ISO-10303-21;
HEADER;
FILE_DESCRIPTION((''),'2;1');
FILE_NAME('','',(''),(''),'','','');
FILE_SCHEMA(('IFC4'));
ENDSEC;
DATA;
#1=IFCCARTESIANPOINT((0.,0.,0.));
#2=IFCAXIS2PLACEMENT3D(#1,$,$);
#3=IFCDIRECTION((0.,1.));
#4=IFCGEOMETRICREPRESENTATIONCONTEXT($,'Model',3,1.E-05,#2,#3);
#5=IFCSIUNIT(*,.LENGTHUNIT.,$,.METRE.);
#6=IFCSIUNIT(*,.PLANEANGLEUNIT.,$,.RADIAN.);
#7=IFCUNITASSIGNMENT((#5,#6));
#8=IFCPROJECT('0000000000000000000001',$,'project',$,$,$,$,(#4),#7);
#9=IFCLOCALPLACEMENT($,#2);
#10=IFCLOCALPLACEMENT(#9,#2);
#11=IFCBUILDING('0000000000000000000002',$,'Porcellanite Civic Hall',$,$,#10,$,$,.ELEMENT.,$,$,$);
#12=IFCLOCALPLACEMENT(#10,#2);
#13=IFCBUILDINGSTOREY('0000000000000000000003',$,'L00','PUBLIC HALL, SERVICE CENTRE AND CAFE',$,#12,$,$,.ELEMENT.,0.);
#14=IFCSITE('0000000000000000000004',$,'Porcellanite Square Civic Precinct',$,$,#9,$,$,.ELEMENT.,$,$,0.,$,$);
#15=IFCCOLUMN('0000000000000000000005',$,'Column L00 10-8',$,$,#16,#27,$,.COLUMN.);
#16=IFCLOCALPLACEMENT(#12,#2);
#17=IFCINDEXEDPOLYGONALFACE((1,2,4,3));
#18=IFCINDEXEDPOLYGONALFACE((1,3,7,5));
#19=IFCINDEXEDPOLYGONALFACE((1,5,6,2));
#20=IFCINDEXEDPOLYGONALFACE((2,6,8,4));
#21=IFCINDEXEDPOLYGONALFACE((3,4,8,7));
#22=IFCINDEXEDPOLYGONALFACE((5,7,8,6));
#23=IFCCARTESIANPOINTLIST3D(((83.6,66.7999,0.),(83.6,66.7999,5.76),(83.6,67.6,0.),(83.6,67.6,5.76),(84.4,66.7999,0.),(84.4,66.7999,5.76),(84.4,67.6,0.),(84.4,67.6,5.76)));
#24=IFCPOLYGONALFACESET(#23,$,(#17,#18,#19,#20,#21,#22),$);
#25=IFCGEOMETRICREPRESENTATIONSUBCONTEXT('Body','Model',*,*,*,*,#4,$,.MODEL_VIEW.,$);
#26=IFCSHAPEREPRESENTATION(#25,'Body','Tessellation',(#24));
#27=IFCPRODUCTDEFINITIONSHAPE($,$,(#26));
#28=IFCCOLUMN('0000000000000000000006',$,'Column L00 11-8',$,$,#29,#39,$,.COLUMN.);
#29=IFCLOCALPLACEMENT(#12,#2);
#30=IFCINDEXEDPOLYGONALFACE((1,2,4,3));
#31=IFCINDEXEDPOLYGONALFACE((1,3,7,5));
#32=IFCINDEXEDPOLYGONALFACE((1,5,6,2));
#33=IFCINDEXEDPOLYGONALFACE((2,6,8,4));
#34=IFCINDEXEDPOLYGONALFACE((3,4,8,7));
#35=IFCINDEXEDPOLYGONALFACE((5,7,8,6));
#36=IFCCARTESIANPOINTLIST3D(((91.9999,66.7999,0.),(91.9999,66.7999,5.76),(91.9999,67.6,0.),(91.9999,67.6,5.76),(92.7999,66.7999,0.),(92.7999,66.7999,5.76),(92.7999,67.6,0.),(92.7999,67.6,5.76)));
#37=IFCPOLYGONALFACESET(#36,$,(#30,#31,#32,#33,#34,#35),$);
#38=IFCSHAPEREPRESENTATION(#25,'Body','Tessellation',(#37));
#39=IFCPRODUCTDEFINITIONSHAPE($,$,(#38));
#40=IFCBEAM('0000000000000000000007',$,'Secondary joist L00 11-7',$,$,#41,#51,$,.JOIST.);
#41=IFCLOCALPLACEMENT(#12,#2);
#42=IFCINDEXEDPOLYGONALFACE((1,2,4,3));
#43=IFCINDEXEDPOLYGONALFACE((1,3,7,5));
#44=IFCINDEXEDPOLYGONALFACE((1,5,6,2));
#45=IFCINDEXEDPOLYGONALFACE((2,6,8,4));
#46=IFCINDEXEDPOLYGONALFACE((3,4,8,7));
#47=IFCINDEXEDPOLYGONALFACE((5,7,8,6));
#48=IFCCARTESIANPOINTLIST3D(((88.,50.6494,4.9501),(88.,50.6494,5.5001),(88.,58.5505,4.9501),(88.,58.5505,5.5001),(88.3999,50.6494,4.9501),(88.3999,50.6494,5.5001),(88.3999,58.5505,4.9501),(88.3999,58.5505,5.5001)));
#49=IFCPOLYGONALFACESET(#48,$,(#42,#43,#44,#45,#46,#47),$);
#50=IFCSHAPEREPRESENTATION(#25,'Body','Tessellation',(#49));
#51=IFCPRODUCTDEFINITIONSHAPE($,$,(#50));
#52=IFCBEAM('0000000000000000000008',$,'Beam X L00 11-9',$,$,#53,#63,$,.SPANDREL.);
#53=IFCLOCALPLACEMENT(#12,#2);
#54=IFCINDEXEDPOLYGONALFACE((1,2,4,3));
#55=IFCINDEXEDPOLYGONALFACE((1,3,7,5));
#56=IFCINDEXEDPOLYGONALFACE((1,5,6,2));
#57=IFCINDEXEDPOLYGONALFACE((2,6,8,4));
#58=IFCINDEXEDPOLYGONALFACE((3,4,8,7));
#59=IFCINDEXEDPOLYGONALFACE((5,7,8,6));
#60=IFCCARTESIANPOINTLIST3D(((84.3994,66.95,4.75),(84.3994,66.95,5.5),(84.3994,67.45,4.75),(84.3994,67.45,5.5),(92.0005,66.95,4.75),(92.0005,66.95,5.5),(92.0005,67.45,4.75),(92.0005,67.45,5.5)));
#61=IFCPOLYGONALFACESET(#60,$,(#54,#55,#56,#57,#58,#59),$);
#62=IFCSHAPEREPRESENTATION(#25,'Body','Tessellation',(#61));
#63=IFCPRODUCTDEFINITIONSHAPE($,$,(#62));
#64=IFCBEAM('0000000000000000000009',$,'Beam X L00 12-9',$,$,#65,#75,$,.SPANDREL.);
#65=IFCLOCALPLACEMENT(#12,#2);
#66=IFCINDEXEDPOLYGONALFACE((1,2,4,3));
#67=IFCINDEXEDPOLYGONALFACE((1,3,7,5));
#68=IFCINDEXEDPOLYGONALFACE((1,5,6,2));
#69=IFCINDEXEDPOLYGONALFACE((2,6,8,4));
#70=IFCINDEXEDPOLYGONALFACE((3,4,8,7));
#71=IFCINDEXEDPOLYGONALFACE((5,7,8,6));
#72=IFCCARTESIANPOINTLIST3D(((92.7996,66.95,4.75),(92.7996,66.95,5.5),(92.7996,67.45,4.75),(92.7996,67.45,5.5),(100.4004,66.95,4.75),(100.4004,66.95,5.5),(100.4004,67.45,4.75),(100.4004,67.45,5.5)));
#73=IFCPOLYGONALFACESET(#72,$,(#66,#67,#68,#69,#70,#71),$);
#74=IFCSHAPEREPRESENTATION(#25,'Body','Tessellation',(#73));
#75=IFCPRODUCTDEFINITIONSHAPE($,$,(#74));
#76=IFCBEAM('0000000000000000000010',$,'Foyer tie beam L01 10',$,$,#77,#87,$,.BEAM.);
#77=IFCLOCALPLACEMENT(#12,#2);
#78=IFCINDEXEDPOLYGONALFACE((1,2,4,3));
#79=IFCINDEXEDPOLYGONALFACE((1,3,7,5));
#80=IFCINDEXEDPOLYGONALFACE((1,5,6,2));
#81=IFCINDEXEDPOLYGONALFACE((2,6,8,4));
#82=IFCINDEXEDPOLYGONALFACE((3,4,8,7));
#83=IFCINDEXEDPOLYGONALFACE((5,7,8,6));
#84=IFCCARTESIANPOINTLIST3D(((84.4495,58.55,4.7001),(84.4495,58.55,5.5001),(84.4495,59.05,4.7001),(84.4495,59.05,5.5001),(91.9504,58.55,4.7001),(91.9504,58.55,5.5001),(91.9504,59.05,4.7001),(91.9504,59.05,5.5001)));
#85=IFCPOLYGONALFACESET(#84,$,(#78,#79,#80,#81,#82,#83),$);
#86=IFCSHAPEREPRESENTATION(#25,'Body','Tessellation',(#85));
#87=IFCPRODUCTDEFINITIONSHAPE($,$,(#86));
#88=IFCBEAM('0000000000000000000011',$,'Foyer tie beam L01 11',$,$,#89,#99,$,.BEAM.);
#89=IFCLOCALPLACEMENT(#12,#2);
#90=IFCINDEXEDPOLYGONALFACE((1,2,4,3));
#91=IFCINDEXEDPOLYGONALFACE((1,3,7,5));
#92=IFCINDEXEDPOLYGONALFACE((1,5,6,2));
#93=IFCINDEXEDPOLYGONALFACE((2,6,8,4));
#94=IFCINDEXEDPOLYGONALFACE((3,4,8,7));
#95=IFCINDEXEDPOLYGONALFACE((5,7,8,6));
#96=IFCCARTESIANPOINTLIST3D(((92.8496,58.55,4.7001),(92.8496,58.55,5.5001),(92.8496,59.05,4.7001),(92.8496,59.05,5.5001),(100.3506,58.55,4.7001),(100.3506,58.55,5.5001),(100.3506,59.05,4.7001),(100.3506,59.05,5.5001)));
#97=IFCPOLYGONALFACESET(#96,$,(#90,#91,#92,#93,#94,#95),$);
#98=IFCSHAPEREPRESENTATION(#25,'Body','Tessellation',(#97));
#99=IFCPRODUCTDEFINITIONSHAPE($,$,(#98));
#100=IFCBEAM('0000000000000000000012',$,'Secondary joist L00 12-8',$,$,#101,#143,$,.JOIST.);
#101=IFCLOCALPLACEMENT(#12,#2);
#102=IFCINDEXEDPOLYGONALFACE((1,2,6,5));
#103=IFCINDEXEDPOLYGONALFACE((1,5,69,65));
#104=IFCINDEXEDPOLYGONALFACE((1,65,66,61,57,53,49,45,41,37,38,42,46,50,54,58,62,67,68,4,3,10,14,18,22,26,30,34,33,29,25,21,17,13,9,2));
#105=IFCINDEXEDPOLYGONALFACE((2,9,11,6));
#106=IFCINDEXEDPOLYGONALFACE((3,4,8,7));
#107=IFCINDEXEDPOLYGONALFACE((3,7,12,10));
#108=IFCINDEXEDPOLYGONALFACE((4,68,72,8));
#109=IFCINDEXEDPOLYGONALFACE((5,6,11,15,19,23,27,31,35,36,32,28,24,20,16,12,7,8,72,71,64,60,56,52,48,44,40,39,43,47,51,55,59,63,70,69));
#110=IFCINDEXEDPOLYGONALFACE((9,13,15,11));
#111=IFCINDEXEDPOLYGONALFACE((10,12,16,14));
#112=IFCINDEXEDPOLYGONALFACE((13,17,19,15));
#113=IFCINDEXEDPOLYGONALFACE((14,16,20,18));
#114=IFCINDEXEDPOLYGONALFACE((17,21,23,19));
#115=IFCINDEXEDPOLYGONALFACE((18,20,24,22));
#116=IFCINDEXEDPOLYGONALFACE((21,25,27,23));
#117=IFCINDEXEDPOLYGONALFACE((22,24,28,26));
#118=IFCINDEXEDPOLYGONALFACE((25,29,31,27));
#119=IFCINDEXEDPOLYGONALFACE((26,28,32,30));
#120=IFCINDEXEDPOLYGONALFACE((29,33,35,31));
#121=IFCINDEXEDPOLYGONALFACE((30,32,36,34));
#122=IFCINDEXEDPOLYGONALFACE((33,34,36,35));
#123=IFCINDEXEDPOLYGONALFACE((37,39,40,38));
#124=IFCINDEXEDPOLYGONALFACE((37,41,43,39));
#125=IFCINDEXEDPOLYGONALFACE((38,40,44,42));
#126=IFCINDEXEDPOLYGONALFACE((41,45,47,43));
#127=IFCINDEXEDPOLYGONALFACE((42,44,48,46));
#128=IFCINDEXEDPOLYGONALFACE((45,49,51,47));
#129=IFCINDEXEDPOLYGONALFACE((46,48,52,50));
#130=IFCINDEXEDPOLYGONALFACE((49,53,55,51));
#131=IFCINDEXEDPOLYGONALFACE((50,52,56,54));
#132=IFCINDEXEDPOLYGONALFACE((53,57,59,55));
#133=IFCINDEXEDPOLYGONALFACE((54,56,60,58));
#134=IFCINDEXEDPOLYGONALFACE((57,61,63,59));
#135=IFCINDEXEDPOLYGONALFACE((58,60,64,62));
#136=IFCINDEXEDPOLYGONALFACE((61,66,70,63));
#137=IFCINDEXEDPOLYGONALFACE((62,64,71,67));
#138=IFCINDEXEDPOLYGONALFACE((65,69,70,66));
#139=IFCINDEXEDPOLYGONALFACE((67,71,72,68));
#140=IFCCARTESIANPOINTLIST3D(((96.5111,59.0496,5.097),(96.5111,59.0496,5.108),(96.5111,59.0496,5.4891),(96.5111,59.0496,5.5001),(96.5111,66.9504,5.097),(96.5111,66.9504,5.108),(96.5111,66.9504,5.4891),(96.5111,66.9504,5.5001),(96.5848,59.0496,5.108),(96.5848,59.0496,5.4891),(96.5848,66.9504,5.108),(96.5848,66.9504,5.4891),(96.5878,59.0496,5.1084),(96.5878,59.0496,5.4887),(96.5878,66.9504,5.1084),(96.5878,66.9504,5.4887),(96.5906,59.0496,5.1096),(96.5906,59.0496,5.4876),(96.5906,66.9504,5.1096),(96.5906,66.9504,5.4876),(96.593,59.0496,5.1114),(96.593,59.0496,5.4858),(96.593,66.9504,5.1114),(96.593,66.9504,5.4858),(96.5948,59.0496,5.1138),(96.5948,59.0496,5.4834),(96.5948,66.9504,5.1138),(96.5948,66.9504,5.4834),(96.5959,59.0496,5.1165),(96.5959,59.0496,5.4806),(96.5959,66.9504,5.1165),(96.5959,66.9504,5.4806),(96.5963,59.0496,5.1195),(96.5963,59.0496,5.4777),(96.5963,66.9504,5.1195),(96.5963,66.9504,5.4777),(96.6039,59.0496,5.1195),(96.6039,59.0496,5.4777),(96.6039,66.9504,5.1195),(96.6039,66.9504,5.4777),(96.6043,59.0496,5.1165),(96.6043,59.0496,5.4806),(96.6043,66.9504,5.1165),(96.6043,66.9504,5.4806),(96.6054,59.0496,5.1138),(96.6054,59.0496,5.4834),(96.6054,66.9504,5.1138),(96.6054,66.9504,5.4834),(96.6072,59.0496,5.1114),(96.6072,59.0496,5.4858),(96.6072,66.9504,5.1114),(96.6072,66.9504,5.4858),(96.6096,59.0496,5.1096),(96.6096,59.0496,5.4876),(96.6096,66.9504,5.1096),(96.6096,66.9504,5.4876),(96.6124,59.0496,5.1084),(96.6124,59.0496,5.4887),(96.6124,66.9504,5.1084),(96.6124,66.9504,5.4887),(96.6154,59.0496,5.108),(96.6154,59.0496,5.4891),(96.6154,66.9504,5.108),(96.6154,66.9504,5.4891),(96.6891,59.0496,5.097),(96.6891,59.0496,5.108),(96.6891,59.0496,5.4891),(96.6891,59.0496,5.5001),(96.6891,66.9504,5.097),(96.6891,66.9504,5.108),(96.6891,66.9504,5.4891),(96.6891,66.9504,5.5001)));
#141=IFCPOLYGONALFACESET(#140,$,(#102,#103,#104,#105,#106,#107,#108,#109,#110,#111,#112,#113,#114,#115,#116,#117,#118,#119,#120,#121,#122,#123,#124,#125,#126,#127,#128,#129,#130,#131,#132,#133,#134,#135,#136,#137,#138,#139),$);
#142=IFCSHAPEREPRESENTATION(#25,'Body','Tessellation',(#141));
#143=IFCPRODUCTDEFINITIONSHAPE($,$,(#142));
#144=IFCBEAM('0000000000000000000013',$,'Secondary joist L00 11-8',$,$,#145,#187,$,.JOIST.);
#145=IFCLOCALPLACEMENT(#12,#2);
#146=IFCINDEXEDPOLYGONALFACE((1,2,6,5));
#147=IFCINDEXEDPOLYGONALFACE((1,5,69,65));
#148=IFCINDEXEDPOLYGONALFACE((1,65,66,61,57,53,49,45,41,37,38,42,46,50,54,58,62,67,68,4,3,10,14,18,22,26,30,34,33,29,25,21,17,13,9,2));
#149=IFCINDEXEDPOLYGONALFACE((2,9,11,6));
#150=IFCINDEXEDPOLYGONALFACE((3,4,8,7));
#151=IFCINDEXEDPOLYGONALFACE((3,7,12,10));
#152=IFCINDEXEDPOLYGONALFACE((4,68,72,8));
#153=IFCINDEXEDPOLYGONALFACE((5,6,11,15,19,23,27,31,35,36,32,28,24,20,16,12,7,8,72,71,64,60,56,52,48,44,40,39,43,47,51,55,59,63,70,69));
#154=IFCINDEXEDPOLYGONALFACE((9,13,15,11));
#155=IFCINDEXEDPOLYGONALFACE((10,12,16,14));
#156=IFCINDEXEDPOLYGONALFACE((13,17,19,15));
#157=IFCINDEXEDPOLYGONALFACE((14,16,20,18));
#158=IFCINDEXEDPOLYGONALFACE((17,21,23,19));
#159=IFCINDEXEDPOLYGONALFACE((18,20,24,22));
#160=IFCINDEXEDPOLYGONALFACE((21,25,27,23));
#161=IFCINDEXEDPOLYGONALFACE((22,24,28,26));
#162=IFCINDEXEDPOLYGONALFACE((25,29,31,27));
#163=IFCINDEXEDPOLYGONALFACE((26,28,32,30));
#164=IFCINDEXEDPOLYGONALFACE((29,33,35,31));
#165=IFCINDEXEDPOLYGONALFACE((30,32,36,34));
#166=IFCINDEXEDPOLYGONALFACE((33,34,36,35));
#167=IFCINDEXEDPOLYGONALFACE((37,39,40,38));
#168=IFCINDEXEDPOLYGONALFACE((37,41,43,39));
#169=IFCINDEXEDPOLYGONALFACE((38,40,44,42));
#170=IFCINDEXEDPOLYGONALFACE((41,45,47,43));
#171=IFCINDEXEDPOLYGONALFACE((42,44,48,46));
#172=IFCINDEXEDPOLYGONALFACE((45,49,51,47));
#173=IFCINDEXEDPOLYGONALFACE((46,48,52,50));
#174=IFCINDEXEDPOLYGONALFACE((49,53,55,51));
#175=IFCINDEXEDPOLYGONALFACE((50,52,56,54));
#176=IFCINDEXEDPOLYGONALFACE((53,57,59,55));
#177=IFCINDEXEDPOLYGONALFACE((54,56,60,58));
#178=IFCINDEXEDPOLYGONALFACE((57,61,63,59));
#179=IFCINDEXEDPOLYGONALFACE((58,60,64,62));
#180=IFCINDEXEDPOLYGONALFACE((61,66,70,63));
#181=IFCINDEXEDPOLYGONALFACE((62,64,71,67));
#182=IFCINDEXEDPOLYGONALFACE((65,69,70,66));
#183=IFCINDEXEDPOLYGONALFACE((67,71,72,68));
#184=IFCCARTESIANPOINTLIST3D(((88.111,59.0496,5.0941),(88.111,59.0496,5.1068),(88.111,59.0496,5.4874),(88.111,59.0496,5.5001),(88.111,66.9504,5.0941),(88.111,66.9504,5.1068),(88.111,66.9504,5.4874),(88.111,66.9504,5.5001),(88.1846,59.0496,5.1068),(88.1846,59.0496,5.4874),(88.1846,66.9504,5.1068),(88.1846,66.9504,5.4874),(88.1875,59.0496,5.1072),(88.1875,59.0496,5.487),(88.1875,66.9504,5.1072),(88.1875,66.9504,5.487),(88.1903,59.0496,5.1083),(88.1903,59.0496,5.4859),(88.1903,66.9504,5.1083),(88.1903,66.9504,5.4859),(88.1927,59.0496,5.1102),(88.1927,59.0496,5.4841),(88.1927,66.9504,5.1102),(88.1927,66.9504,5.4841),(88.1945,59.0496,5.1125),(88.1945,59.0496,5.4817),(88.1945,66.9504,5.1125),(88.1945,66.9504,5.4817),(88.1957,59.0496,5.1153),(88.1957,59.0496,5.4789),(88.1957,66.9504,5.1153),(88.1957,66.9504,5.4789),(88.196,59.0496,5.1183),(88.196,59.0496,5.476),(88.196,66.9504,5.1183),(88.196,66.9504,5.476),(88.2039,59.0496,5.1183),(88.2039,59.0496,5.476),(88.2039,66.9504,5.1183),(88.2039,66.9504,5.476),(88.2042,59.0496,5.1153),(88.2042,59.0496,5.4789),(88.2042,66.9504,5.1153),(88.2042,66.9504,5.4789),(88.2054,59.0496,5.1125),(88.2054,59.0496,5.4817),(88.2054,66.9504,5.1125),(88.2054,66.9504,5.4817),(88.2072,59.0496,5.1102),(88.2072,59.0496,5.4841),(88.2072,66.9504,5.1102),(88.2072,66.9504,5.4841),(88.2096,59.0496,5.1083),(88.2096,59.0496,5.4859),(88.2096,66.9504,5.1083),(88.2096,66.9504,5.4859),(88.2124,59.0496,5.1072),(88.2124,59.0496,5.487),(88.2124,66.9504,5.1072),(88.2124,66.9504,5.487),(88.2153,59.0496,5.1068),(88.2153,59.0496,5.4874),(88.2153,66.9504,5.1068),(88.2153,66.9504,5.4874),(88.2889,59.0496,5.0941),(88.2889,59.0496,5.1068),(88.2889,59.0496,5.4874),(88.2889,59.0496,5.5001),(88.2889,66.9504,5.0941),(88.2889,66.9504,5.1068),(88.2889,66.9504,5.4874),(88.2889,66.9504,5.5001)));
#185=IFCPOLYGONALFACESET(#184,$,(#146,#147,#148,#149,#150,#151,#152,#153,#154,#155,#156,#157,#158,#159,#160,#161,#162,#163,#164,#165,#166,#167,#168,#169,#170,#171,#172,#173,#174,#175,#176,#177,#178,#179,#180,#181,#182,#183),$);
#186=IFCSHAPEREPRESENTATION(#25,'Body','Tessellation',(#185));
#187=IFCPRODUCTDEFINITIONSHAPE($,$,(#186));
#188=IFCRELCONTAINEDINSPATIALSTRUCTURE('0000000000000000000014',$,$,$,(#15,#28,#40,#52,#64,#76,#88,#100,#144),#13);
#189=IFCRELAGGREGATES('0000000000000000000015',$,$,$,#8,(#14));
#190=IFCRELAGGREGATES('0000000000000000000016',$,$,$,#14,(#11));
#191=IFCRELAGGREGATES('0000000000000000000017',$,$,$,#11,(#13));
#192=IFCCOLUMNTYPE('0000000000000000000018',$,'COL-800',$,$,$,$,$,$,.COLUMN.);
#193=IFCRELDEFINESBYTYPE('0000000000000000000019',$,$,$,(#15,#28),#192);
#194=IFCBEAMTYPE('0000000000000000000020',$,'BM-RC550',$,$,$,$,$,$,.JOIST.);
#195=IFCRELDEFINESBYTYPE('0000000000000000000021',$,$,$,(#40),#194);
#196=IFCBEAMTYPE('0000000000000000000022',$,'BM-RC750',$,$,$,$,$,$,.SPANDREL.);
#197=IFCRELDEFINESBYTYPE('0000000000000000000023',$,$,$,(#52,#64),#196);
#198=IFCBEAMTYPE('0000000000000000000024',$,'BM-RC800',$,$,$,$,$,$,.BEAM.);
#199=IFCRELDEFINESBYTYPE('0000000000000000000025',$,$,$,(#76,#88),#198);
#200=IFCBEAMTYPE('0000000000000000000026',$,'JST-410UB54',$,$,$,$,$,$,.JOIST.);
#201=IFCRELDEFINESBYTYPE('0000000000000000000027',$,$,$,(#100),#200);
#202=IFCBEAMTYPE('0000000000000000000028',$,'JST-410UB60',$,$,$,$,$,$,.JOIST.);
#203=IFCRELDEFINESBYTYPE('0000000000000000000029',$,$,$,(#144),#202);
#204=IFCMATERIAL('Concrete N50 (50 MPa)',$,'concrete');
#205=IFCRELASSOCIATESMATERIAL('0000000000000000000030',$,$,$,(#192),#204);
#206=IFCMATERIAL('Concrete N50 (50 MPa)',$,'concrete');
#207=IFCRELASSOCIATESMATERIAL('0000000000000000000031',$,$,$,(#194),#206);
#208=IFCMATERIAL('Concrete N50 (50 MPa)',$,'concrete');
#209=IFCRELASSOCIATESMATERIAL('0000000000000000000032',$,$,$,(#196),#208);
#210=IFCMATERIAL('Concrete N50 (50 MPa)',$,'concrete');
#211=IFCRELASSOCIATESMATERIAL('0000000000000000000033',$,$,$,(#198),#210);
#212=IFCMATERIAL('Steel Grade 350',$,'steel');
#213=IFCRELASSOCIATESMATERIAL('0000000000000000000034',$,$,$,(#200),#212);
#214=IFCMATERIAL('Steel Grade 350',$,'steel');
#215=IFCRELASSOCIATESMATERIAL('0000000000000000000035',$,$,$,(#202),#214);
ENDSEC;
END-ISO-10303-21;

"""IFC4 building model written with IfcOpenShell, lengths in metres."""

from ifc_helpers import new_model, si_unit, direction, frame, origin, origin_2d, place, context, subcontext, project, spatial, rectangle, i_section, extrude, material, material_profile, profile_set, type_object, element, save


model = new_model("IFC4")

# Units and contexts
model_context = context("Model", 3, precision=1e-05, world=origin(), true_north=direction((0.0, 1.0)))
body_context = subcontext(model_context, "Body", "Model", "MODEL_VIEW")
ifc_project = project(units=[si_unit("LENGTHUNIT", "METRE"), si_unit("PLANEANGLEUNIT", "RADIAN")], contexts=[model_context])

# Site, building, storey
site_placement = place(None, origin())
site = spatial("IfcSite", under=ifc_project, at=site_placement, Name="Porcellanite Square Civic Precinct", CompositionType="ELEMENT", RefElevation=0.0)
building_placement = place(site_placement, origin())
building = spatial("IfcBuilding", under=site, at=building_placement, Name="Porcellanite Civic Hall", CompositionType="ELEMENT")
storey_placement = place(building_placement, origin())
storey = spatial("IfcBuildingStorey", under=building, at=storey_placement, Name="L00", Description="PUBLIC HALL, SERVICE CENTRE AND CAFE", CompositionType="ELEMENT", Elevation=0.0)

# Columns
ifc_material_1 = material(Name="Concrete N50 (50 MPa)", Category="concrete")
ifc_material_profile_1 = material_profile(ifc_material_1, rectangle(XDim=0.8, YDim=0.8, at=origin_2d()), Name="RC-800x800")
ifc_profile_set_1 = profile_set([ifc_material_profile_1], Name="Concrete N50 (50 MPa)")
column_type = type_object("IfcColumnType", Name="COL-800", PredefinedType="COLUMN", material=ifc_profile_set_1)
for number, where, z_axis, x_axis, name in (
    (1, (84.0, 67.2, 0.0), (0.0, 0.0, 1.0), (1.0, 0.0, 0.0), "Column L00 10-8"),
    (2, (92.3999, 67.2, 0.0), (0.0, 0.0, 1.0), (1.0, 0.0, 0.0), "Column L00 11-8"),
):
    element("IfcColumn", number, at=place(storey_placement, frame(where, z_axis=z_axis, x_axis=x_axis)), inside=storey, type_object=column_type, Name=name, PredefinedType="COLUMN", context=body_context, shape_type="SweptSolid", body=[
        extrude(rectangle(XDim=0.8, YDim=0.8, at=origin_2d()), origin(), (0.0, 0.0, 1.0), 5.76),
    ])

# Beams
ifc_material_2 = material(Name="Concrete N50 (50 MPa)", Category="concrete")
ifc_material_profile_2 = material_profile(ifc_material_2, rectangle(XDim=0.3999, YDim=0.55, at=origin_2d()), Name="RC-400x550")
ifc_profile_set_2 = profile_set([ifc_material_profile_2], Name="Concrete N50 (50 MPa)")
beam_type_1 = type_object("IfcBeamType", Name="BM-RC550", PredefinedType="JOIST", material=ifc_profile_set_2)
beam_1_placement = place(storey_placement, frame((88.2, 50.6494, 5.2251), z_axis=(0.0, 1.0, 0.0), x_axis=(-1.0, 0.0, 0.0)))
element("IfcBeam", 3, at=beam_1_placement, inside=storey, type_object=beam_type_1, Name="Secondary joist L00 11-7", PredefinedType="JOIST", context=body_context, shape_type="SweptSolid", body=[
    extrude(rectangle(XDim=0.3999, YDim=0.55, at=origin_2d()), origin(), (0.0, 0.0, 1.0), 7.9011),
])
ifc_material_3 = material(Name="Concrete N50 (50 MPa)", Category="concrete")
ifc_material_profile_3 = material_profile(ifc_material_3, rectangle(XDim=0.5, YDim=0.75, at=origin_2d()), Name="RC-500x750")
ifc_profile_set_3 = profile_set([ifc_material_profile_3], Name="Concrete N50 (50 MPa)")
beam_type_2 = type_object("IfcBeamType", Name="BM-RC750", PredefinedType="SPANDREL", material=ifc_profile_set_3)
beam_2_placement = place(storey_placement, frame((84.3994, 67.2, 5.125), z_axis=(1.0, 0.0, 0.0), x_axis=(0.0, 1.0, 0.0)))
element("IfcBeam", 4, at=beam_2_placement, inside=storey, type_object=beam_type_2, Name="Beam X L00 11-9", PredefinedType="SPANDREL", context=body_context, shape_type="SweptSolid", body=[
    extrude(rectangle(XDim=0.5, YDim=0.75, at=origin_2d()), origin(), (0.0, 0.0, 1.0), 7.6011),
])
beam_3_placement = place(storey_placement, frame((92.7996, 67.2, 5.125), z_axis=(1.0, 0.0, 0.0), x_axis=(0.0, 1.0, 0.0)))
element("IfcBeam", 5, at=beam_3_placement, inside=storey, type_object=beam_type_2, Name="Beam X L00 12-9", PredefinedType="SPANDREL", context=body_context, shape_type="SweptSolid", body=[
    extrude(rectangle(XDim=0.5, YDim=0.75, at=origin_2d()), origin(), (0.0, 0.0, 1.0), 7.6008),
])
ifc_material_4 = material(Name="Concrete N50 (50 MPa)", Category="concrete")
ifc_material_profile_4 = material_profile(ifc_material_4, rectangle(XDim=0.5, YDim=0.8, at=origin_2d()), Name="RC-500x800")
ifc_profile_set_4 = profile_set([ifc_material_profile_4], Name="Concrete N50 (50 MPa)")
beam_type_3 = type_object("IfcBeamType", Name="BM-RC800", PredefinedType="BEAM", material=ifc_profile_set_4)
for number, where, z_axis, x_axis, name in (
    (6, (84.4495, 58.8, 5.1001), (1.0, 0.0, 0.0), (0.0, 1.0, 0.0), "Foyer tie beam L01 10"),
    (7, (92.8496, 58.8, 5.1001), (1.0, 0.0, 0.0), (0.0, 1.0, 0.0), "Foyer tie beam L01 11"),
):
    element("IfcBeam", number, at=place(storey_placement, frame(where, z_axis=z_axis, x_axis=x_axis)), inside=storey, type_object=beam_type_3, Name=name, PredefinedType="BEAM", context=body_context, shape_type="SweptSolid", body=[
        extrude(rectangle(XDim=0.5, YDim=0.8, at=origin_2d()), origin(), (0.0, 0.0, 1.0), 7.501),
    ])
ifc_material_5 = material(Name="Steel Grade 350", Category="steel")
ifc_material_profile_5 = material_profile(ifc_material_5, i_section(OverallWidth=0.178, OverallDepth=0.4031, WebThickness=0.0076, FlangeThickness=0.011, FilletRadius=0.0115, at=origin_2d()), Name="410UB53.7")
ifc_profile_set_5 = profile_set([ifc_material_profile_5], Name="Steel Grade 350")
beam_type_4 = type_object("IfcBeamType", Name="JST-410UB54", PredefinedType="JOIST", material=ifc_profile_set_5)
beam_4_placement = place(storey_placement, frame((96.6001, 59.0496, 5.2986), z_axis=(0.0, 1.0, 0.0), x_axis=(-1.0, 0.0, 0.0)))
element("IfcBeam", 8, at=beam_4_placement, inside=storey, type_object=beam_type_4, Name="Secondary joist L00 12-8", PredefinedType="JOIST", context=body_context, shape_type="SweptSolid", body=[
    extrude(i_section(OverallWidth=0.178, OverallDepth=0.4031, WebThickness=0.0076, FlangeThickness=0.011, FilletRadius=0.0115, at=origin_2d()), origin(), (0.0, 0.0, 1.0), 7.9009),
])
ifc_material_6 = material(Name="Steel Grade 350", Category="steel")
ifc_material_profile_6 = material_profile(ifc_material_6, i_section(OverallWidth=0.178, OverallDepth=0.406, WebThickness=0.0078, FlangeThickness=0.0127, FilletRadius=0.0115, at=origin_2d()), Name="410UB59.7")
ifc_profile_set_6 = profile_set([ifc_material_profile_6], Name="Steel Grade 350")
beam_type_5 = type_object("IfcBeamType", Name="JST-410UB60", PredefinedType="JOIST", material=ifc_profile_set_6)
beam_5_placement = place(storey_placement, frame((88.2, 59.0496, 5.2971), z_axis=(0.0, 1.0, 0.0), x_axis=(-1.0, 0.0, 0.0)))
element("IfcBeam", 9, at=beam_5_placement, inside=storey, type_object=beam_type_5, Name="Secondary joist L00 11-8", PredefinedType="JOIST", context=body_context, shape_type="SweptSolid", body=[
    extrude(i_section(OverallWidth=0.178, OverallDepth=0.406, WebThickness=0.0078, FlangeThickness=0.0127, FilletRadius=0.0115, at=origin_2d()), origin(), (0.0, 0.0, 1.0), 7.9009),
])

save(model, "model.ifc")
